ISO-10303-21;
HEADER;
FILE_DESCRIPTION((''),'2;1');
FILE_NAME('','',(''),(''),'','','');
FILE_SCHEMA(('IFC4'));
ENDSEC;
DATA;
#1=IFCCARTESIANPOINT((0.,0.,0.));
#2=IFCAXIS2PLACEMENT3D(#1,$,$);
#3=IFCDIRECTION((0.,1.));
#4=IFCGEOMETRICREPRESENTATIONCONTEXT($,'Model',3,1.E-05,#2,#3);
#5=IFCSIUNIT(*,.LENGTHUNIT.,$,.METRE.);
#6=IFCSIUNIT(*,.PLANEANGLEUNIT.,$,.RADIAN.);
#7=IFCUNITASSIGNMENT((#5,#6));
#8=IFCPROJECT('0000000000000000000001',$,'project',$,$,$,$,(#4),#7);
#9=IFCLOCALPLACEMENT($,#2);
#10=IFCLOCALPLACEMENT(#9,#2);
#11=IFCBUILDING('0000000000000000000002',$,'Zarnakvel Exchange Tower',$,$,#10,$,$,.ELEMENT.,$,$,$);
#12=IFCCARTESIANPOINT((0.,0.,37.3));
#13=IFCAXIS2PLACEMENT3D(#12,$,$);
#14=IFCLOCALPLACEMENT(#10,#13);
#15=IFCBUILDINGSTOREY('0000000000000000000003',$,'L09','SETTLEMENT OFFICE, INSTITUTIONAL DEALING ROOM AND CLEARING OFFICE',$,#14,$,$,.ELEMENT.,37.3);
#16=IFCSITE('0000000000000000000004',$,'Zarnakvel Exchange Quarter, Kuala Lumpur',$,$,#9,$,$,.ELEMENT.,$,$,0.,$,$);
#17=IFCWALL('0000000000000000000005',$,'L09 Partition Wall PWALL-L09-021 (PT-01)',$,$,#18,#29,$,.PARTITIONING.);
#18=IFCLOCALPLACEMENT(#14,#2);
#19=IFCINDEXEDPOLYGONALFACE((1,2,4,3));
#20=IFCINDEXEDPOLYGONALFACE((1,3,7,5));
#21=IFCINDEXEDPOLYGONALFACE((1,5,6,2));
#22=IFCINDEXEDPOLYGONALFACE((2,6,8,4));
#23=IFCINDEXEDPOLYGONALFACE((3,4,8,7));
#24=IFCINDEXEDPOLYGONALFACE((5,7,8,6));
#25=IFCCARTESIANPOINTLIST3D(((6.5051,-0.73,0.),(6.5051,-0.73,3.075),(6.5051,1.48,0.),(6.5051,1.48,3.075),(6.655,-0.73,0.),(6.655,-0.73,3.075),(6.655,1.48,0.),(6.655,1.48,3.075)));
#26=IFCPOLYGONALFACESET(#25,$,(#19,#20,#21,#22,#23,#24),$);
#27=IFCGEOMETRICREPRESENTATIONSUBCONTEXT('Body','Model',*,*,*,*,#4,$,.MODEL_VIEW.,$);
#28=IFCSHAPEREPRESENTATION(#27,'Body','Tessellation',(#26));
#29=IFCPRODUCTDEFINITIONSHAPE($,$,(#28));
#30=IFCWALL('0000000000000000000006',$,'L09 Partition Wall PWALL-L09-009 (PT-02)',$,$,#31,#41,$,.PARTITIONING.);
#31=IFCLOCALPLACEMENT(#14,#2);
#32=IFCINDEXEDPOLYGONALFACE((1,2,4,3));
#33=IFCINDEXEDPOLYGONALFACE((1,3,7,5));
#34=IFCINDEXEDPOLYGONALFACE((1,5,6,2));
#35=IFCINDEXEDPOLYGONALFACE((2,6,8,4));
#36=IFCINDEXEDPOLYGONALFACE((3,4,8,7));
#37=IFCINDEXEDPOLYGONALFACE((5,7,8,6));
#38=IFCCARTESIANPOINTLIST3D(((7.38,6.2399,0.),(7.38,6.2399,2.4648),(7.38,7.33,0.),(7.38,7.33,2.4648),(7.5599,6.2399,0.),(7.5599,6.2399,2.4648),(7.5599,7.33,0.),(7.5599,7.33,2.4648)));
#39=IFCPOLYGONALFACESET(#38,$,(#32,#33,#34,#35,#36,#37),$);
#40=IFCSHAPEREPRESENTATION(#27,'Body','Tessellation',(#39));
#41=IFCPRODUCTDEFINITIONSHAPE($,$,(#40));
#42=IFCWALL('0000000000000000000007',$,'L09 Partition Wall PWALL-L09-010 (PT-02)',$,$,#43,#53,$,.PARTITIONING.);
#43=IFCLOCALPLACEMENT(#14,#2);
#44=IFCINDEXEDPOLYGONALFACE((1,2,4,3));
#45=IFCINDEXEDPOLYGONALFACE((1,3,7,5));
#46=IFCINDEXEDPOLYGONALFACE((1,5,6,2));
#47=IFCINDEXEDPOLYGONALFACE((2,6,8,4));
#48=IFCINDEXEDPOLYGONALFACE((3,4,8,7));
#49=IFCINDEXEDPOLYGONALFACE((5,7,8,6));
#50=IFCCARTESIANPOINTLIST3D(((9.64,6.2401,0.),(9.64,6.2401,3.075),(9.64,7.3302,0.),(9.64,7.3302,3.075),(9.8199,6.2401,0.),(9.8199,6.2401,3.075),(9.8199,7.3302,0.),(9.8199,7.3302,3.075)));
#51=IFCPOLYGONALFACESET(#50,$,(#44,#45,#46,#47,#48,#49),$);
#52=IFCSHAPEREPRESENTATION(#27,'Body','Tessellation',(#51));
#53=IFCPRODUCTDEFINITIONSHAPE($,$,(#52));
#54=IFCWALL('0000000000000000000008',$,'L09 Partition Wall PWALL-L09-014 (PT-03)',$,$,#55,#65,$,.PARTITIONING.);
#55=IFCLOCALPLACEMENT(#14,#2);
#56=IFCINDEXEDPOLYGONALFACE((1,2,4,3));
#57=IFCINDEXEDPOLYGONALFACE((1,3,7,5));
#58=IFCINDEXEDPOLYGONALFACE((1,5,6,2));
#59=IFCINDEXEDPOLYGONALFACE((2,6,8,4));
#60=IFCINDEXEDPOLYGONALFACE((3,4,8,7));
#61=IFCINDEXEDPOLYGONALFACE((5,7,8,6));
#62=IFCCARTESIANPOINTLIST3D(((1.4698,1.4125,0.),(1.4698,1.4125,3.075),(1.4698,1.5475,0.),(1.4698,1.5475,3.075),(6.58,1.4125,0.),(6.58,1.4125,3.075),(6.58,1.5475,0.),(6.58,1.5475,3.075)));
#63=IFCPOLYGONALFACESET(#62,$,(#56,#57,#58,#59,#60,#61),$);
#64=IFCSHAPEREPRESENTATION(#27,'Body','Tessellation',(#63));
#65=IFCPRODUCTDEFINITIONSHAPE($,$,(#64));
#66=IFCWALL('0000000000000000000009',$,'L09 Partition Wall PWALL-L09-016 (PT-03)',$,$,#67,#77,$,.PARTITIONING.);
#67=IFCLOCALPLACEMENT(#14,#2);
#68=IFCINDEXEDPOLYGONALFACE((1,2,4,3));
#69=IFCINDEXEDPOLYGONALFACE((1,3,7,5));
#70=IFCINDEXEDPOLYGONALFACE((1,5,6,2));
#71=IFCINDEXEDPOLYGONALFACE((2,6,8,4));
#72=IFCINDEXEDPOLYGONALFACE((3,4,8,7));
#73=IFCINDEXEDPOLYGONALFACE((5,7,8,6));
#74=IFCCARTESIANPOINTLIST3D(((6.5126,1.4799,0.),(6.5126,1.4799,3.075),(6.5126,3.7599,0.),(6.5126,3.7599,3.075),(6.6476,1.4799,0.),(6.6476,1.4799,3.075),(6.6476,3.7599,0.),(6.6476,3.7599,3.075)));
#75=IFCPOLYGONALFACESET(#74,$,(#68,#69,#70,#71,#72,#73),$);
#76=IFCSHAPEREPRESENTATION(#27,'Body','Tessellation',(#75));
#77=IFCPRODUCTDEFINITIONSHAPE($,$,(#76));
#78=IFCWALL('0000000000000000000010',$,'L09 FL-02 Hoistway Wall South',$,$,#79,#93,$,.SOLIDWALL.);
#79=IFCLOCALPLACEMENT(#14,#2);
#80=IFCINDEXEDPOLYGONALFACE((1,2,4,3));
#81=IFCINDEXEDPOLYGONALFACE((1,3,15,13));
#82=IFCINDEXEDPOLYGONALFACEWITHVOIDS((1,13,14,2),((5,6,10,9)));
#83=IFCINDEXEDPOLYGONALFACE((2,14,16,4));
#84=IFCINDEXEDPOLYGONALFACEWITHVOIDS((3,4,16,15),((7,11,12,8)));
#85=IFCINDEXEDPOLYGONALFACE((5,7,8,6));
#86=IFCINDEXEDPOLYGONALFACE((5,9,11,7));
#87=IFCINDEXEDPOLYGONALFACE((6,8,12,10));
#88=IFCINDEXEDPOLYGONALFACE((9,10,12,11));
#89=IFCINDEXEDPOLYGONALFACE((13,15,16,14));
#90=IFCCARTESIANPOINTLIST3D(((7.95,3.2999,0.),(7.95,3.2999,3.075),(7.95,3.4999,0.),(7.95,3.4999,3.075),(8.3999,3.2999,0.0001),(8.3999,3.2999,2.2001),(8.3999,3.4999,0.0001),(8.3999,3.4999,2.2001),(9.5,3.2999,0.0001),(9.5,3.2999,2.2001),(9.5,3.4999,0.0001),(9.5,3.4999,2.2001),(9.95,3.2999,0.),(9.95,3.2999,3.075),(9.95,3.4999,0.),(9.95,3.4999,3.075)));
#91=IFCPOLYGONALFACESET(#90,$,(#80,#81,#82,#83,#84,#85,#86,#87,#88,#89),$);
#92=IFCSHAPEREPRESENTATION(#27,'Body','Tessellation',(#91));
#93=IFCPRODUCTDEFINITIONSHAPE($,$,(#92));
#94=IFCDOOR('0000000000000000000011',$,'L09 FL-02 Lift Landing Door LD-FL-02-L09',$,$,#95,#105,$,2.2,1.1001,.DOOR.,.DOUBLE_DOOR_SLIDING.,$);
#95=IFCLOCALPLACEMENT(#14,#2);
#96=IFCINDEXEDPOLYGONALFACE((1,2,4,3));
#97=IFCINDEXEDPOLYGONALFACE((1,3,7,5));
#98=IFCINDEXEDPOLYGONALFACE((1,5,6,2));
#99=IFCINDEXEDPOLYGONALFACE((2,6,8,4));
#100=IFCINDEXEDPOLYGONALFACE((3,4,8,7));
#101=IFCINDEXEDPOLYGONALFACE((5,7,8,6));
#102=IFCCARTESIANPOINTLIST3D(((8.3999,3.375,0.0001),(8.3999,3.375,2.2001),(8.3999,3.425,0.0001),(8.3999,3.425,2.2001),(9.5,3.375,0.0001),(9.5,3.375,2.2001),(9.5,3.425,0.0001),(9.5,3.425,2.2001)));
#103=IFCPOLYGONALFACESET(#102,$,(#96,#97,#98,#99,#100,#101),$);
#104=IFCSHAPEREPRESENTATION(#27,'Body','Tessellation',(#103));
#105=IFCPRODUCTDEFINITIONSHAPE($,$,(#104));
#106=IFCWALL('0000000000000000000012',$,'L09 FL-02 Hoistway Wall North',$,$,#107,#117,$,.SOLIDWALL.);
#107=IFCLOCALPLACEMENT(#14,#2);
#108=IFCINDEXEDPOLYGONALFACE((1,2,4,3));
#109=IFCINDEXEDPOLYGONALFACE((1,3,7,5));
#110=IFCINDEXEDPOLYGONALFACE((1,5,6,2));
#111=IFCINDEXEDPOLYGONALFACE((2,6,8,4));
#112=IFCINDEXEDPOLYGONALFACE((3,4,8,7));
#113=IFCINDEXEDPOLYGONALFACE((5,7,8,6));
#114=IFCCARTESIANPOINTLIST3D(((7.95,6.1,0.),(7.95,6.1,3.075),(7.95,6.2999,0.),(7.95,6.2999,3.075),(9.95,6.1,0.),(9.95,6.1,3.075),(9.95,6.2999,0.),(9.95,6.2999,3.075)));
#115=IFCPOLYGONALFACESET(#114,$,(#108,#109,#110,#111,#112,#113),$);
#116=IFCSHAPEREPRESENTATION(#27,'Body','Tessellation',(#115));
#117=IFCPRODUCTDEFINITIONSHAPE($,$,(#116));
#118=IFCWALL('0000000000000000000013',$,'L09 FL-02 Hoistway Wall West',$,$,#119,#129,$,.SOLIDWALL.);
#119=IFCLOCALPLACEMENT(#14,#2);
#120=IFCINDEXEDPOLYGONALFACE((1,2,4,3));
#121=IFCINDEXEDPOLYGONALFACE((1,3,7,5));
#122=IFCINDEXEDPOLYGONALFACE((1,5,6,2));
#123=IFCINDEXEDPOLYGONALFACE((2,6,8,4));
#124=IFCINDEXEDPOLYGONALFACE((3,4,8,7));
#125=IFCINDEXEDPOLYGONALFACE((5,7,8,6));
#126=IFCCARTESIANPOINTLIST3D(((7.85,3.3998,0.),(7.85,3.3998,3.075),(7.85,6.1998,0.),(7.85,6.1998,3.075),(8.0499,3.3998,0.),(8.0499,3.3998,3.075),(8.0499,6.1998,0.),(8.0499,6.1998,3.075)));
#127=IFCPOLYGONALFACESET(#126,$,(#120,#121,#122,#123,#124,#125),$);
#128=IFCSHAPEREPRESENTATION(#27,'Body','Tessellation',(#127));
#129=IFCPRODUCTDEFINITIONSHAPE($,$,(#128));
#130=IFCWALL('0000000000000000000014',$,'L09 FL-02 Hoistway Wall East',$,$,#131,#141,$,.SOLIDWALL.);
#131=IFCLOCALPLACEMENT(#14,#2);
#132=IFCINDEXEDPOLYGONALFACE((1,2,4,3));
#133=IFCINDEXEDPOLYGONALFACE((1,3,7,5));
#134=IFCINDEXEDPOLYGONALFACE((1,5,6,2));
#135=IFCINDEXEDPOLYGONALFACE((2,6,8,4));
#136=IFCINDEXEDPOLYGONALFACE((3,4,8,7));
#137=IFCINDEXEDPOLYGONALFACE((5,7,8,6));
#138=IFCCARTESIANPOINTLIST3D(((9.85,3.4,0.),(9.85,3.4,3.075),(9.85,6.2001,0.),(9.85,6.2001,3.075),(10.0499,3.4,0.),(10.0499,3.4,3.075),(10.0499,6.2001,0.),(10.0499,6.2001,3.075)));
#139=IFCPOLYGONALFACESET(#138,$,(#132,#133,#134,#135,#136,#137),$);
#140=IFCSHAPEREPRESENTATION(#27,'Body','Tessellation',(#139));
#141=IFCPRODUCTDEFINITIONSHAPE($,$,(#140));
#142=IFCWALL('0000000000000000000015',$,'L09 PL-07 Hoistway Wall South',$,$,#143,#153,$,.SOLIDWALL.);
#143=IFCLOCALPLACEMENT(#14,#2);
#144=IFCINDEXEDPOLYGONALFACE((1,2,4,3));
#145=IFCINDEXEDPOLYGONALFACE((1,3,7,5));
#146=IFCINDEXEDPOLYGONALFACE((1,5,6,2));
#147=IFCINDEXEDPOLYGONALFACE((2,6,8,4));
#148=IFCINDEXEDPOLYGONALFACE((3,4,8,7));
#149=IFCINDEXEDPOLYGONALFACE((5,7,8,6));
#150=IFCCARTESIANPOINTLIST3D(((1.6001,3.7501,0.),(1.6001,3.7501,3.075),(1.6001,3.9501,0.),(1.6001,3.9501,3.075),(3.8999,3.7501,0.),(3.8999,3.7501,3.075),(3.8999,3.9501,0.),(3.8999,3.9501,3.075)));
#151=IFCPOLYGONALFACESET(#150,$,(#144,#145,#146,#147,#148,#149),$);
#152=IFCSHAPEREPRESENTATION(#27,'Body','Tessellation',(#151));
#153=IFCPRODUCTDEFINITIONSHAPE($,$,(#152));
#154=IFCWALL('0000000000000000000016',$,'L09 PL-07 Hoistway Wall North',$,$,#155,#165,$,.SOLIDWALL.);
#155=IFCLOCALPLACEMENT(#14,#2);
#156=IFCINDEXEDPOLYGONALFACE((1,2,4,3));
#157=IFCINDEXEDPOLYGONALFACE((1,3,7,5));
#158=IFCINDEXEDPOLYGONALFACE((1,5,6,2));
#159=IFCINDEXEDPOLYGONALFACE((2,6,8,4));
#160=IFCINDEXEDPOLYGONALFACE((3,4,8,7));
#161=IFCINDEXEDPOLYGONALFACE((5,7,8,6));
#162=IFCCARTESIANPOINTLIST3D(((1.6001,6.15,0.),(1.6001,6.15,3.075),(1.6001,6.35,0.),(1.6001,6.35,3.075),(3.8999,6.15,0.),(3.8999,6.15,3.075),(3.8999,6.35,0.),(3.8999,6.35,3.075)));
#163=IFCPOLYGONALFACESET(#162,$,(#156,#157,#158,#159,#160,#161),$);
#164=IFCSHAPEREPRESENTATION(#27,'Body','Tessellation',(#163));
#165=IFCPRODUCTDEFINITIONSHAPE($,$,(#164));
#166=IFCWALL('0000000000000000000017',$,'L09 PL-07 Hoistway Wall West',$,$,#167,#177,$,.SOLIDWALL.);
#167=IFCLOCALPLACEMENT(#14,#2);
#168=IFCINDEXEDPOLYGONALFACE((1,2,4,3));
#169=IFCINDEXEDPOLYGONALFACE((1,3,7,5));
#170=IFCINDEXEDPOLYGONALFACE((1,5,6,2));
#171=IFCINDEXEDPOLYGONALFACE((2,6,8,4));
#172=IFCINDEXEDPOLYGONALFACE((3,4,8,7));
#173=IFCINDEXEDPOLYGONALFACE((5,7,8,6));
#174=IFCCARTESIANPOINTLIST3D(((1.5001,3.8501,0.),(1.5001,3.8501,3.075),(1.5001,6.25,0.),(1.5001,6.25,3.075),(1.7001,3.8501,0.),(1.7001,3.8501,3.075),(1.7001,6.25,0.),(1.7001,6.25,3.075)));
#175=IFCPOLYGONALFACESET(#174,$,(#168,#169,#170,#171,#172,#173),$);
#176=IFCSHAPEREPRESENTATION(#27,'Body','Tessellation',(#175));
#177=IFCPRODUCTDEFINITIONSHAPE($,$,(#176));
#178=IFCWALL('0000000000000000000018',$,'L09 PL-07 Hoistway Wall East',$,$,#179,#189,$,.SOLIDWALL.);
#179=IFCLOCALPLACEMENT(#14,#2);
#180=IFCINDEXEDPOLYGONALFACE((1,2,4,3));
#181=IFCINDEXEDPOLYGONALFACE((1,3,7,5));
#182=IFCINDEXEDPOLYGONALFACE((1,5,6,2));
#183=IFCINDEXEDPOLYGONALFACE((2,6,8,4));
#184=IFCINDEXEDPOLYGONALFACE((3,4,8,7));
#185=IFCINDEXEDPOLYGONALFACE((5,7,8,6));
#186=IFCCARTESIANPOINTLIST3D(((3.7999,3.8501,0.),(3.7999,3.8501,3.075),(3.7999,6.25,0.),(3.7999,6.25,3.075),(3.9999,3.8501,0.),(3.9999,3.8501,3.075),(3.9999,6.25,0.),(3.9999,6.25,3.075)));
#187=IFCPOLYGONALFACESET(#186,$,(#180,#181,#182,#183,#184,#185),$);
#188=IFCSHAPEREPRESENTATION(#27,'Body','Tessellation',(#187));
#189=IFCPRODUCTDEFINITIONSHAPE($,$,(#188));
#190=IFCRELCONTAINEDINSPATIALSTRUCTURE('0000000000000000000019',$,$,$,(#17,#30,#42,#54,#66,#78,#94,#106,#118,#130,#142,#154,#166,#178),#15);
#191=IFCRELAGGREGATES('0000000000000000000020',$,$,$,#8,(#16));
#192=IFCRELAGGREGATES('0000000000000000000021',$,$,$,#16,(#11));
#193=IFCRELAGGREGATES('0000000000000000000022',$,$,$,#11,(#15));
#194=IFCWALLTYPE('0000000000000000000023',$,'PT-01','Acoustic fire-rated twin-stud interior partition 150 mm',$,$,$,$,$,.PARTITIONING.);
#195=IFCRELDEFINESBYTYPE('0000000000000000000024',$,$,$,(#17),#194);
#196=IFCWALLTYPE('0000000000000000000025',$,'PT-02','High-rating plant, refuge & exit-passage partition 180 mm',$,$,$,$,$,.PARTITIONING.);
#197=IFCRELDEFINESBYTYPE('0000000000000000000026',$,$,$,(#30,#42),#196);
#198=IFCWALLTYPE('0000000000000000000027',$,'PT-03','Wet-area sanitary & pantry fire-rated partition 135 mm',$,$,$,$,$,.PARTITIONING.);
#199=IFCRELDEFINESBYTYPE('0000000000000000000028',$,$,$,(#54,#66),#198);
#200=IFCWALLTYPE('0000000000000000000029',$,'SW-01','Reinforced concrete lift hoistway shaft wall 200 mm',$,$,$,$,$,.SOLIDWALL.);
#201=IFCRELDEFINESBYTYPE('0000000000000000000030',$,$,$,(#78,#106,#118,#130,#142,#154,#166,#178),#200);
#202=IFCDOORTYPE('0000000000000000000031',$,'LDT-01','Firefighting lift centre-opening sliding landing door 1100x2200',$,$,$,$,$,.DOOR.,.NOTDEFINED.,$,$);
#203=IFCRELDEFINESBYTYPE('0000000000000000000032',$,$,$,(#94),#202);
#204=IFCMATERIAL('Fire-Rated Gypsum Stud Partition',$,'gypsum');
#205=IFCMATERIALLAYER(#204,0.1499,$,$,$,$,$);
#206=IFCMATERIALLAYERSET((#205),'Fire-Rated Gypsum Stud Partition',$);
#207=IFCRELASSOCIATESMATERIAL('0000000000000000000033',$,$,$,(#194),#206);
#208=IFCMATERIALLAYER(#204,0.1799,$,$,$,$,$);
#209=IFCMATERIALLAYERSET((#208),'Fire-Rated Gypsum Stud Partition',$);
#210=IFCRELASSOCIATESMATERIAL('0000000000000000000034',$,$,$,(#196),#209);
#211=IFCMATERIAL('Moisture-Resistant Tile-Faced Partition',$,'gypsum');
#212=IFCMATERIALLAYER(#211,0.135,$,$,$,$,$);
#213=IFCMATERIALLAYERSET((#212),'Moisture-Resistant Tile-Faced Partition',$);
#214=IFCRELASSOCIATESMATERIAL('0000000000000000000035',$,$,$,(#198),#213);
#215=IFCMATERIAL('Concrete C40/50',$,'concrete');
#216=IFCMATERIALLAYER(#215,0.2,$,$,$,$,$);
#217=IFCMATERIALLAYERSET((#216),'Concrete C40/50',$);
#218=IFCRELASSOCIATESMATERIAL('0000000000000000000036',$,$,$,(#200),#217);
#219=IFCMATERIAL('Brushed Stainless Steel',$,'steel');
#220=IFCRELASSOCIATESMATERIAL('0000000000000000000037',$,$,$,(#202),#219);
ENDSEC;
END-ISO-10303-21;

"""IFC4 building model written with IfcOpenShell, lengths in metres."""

from ifc_helpers import new_model, si_unit, direction, frame, frame_2d, origin, place, context, subcontext, project, spatial, rectangle, extrude, source, transform, mapped, material, layer, layer_set, type_object, element, fill, save


model = new_model("IFC4")

# Units and contexts
model_context = context("Model", 3, precision=1e-05, world=origin(), true_north=direction((0.0, 1.0)))
body_context = subcontext(model_context, "Body", "Model", "MODEL_VIEW")
ifc_project = project(units=[si_unit("LENGTHUNIT", "METRE"), si_unit("PLANEANGLEUNIT", "RADIAN")], contexts=[model_context])

# Site, building, storey
site_placement = place(None, origin())
site = spatial("IfcSite", under=ifc_project, at=site_placement, Name="Zarnakvel Exchange Quarter, Kuala Lumpur", CompositionType="ELEMENT", RefElevation=0.0)
building_placement = place(site_placement, origin())
building = spatial("IfcBuilding", under=site, at=building_placement, Name="Zarnakvel Exchange Tower", CompositionType="ELEMENT")
storey_placement = place(building_placement, frame((0.0, 0.0, 37.3)))
storey = spatial("IfcBuildingStorey", under=building, at=storey_placement, Name="L09", Description="SETTLEMENT OFFICE, INSTITUTIONAL DEALING ROOM AND CLEARING OFFICE", CompositionType="ELEMENT", Elevation=37.3)

# Walls
ifc_material_1 = material(Name="Fire-Rated Gypsum Stud Partition", Category="gypsum")
ifc_layer_1 = layer(ifc_material_1, 0.1499)
ifc_layer_set_1 = layer_set([ifc_layer_1], Name="Fire-Rated Gypsum Stud Partition")
wall_type_1 = type_object("IfcWallType", Name="PT-01", Description="Acoustic fire-rated twin-stud interior partition 150 mm", PredefinedType="PARTITIONING", material=ifc_layer_set_1)
wall_1_placement = place(storey_placement, frame((6.5801, 1.48, 0.0), z_axis=(0.0, 0.0, 1.0), x_axis=(0.0, -1.0, 0.0)))
element("IfcWall", 1, at=wall_1_placement, inside=storey, type_object=wall_type_1, Name="L09 Partition Wall PWALL-L09-021 (PT-01)", PredefinedType="PARTITIONING", context=body_context, shape_type="SweptSolid", body=[
    extrude(rectangle(XDim=2.21, YDim=0.1499, at=frame_2d((1.105, 0.0))), origin(), (0.0, 0.0, 1.0), 3.075),
])
ifc_layer_2 = layer(ifc_material_1, 0.1799)
ifc_layer_set_2 = layer_set([ifc_layer_2], Name="Fire-Rated Gypsum Stud Partition")
wall_type_2 = type_object("IfcWallType", Name="PT-02", Description="High-rating plant, refuge & exit-passage partition 180 mm", PredefinedType="PARTITIONING", material=ifc_layer_set_2)
wall_2_placement = place(storey_placement, frame((7.47, 6.24, 0.0), z_axis=(0.0, 0.0, 1.0), x_axis=(0.0, 1.0, 0.0)))
element("IfcWall", 2, at=wall_2_placement, inside=storey, type_object=wall_type_2, Name="L09 Partition Wall PWALL-L09-009 (PT-02)", PredefinedType="PARTITIONING", context=body_context, shape_type="SweptSolid", body=[
    extrude(rectangle(XDim=1.0901, YDim=0.1799, at=frame_2d((0.5449, 0.0))), origin(), (0.0, 0.0, 1.0), 2.4648),
])
wall_3_placement = place(storey_placement, frame((9.73, 7.3301, 0.0), z_axis=(0.0, 0.0, 1.0), x_axis=(0.0, -1.0, 0.0)))
element("IfcWall", 3, at=wall_3_placement, inside=storey, type_object=wall_type_2, Name="L09 Partition Wall PWALL-L09-010 (PT-02)", PredefinedType="PARTITIONING", context=body_context, shape_type="SweptSolid", body=[
    extrude(rectangle(XDim=1.0901, YDim=0.1799, at=frame_2d((0.5449, 0.0))), origin(), (0.0, 0.0, 1.0), 3.075),
])
ifc_material_2 = material(Name="Moisture-Resistant Tile-Faced Partition", Category="gypsum")
ifc_layer_3 = layer(ifc_material_2, 0.135)
ifc_layer_set_3 = layer_set([ifc_layer_3], Name="Moisture-Resistant Tile-Faced Partition")
wall_type_3 = type_object("IfcWallType", Name="PT-03", Description="Wet-area sanitary & pantry fire-rated partition 135 mm", PredefinedType="PARTITIONING", material=ifc_layer_set_3)
wall_4_placement = place(storey_placement, frame((6.5801, 1.48, 0.0), z_axis=(0.0, 0.0, 1.0), x_axis=(-1.0, 0.0, 0.0)))
element("IfcWall", 4, at=wall_4_placement, inside=storey, type_object=wall_type_3, Name="L09 Partition Wall PWALL-L09-014 (PT-03)", PredefinedType="PARTITIONING", context=body_context, shape_type="SweptSolid", body=[
    extrude(rectangle(XDim=5.1101, YDim=0.135, at=frame_2d((2.5552, 0.0))), origin(), (0.0, 0.0, 1.0), 3.075),
])
wall_5_placement = place(storey_placement, frame((6.5801, 3.76, 0.0), z_axis=(0.0, 0.0, 1.0), x_axis=(0.0, -1.0, 0.0)))
element("IfcWall", 5, at=wall_5_placement, inside=storey, type_object=wall_type_3, Name="L09 Partition Wall PWALL-L09-016 (PT-03)", PredefinedType="PARTITIONING", context=body_context, shape_type="SweptSolid", body=[
    extrude(rectangle(XDim=2.28, YDim=0.135, at=frame_2d((1.1401, 0.0))), origin(), (0.0, 0.0, 1.0), 3.075),
])

# Wall, opening, door
ifc_material_3 = material(Name="Concrete C40/50", Category="concrete")
ifc_layer_4 = layer(ifc_material_3, 0.2)
ifc_layer_set_4 = layer_set([ifc_layer_4], Name="Concrete C40/50")
wall_type_4 = type_object("IfcWallType", Name="SW-01", Description="Reinforced concrete lift hoistway shaft wall 200 mm", PredefinedType="SOLIDWALL", material=ifc_layer_set_4)
wall_6_placement = place(storey_placement, frame((9.95, 3.3999, 0.0), z_axis=(0.0, 0.0, 1.0), x_axis=(-1.0, 0.0, 0.0)))
wall_6 = element("IfcWall", 6, at=wall_6_placement, inside=storey, type_object=wall_type_4, Name="L09 FL-02 Hoistway Wall South", PredefinedType="SOLIDWALL", context=body_context, shape_type="SweptSolid", body=[
    extrude(rectangle(XDim=2.0, YDim=0.2, at=frame_2d((1.0, 0.0))), origin(), (0.0, 0.0, 1.0), 3.075),
])
opening_placement = place(wall_6_placement, frame((0.45, 0.0, 0.0)))
opening = element("IfcOpeningElement", 7, at=opening_placement, cuts=wall_6, PredefinedType="OPENING", context=body_context, shape_type="SweptSolid", body=[
    extrude(rectangle(XDim=1.1001, YDim=2.2, at=frame_2d((0.55, 1.1001))), frame((0.0, 0.1099, 0.0), z_axis=(0.0, -1.0, 0.0), x_axis=(1.0, 0.0, 0.0)), (0.0, 0.0, 1.0), 0.22),
])
ifc_material_4 = material(Name="Brushed Stainless Steel", Category="steel")
door_type = type_object("IfcDoorType", Name="LDT-01", Description="Firefighting lift centre-opening sliding landing door 1100x2200", OperationType="NOTDEFINED", PredefinedType="DOOR", material=ifc_material_4)
shared_shape_1 = source(origin(), body_context, "Body", "SweptSolid", [
    extrude(rectangle(XDim=1.1001, YDim=2.2, at=frame_2d((0.55, 1.1001))), frame((0.0, 0.0249, 0.0), z_axis=(0.0, -1.0, 0.0), x_axis=(1.0, 0.0, 0.0)), (0.0, 0.0, 1.0), 0.05),
])
door_placement = place(opening_placement, origin())
door = element("IfcDoor", 8, at=door_placement, inside=storey, type_object=door_type, Name="L09 FL-02 Lift Landing Door LD-FL-02-L09", OperationType="DOUBLE_DOOR_SLIDING", OverallHeight=2.2, OverallWidth=1.1001, PredefinedType="DOOR", context=body_context, shape_type="MappedRepresentation", body=[
    mapped(shared_shape_1, transform((0.0, 0.0, 0.0), x_axis=(1.0, 0.0, 0.0), y_axis=(0.0, 1.0, 0.0), z_axis=(0.0, 0.0, 1.0), scale=1.0)),
])
fill(opening, door)

# Walls
wall_7_placement = place(storey_placement, frame((7.95, 6.2, 0.0), z_axis=(0.0, 0.0, 1.0), x_axis=(1.0, 0.0, 0.0)))
element("IfcWall", 9, at=wall_7_placement, inside=storey, type_object=wall_type_4, Name="L09 FL-02 Hoistway Wall North", PredefinedType="SOLIDWALL", context=body_context, shape_type="SweptSolid", body=[
    extrude(rectangle(XDim=2.0, YDim=0.2, at=frame_2d((1.0, 0.0))), origin(), (0.0, 0.0, 1.0), 3.075),
])
for number, where, z_axis, x_axis, name in (
    (10, (7.95, 3.3999, 0.0), (0.0, 0.0, 1.0), (0.0, 1.0, 0.0), "L09 FL-02 Hoistway Wall West"),
    (11, (9.95, 6.2, 0.0), (0.0, 0.0, 1.0), (0.0, -1.0, 0.0), "L09 FL-02 Hoistway Wall East"),
):
    element("IfcWall", number, at=place(storey_placement, frame(where, z_axis=z_axis, x_axis=x_axis)), inside=storey, type_object=wall_type_4, Name=name, PredefinedType="SOLIDWALL", context=body_context, shape_type="SweptSolid", body=[
        extrude(rectangle(XDim=2.8, YDim=0.2, at=frame_2d((1.3999, 0.0))), origin(), (0.0, 0.0, 1.0), 3.075),
    ])
for number, where, z_axis, x_axis, name in (
    (12, (3.8999, 3.8501, 0.0), (0.0, 0.0, 1.0), (-1.0, 0.0, 0.0), "L09 PL-07 Hoistway Wall South"),
    (13, (1.6001, 6.25, 0.0), (0.0, 0.0, 1.0), (1.0, 0.0, 0.0), "L09 PL-07 Hoistway Wall North"),
):
    element("IfcWall", number, at=place(storey_placement, frame(where, z_axis=z_axis, x_axis=x_axis)), inside=storey, type_object=wall_type_4, Name=name, PredefinedType="SOLIDWALL", context=body_context, shape_type="SweptSolid", body=[
        extrude(rectangle(XDim=2.2998, YDim=0.2, at=frame_2d((1.1499, 0.0))), origin(), (0.0, 0.0, 1.0), 3.075),
    ])
for number, where, z_axis, x_axis, name in (
    (14, (1.6001, 3.8501, 0.0), (0.0, 0.0, 1.0), (0.0, 1.0, 0.0), "L09 PL-07 Hoistway Wall West"),
    (15, (3.8999, 6.25, 0.0), (0.0, 0.0, 1.0), (0.0, -1.0, 0.0), "L09 PL-07 Hoistway Wall East"),
):
    element("IfcWall", number, at=place(storey_placement, frame(where, z_axis=z_axis, x_axis=x_axis)), inside=storey, type_object=wall_type_4, Name=name, PredefinedType="SOLIDWALL", context=body_context, shape_type="SweptSolid", body=[
        extrude(rectangle(XDim=2.3999, YDim=0.2, at=frame_2d((1.2, 0.0))), origin(), (0.0, 0.0, 1.0), 3.075),
    ])

save(model, "model.ifc")
